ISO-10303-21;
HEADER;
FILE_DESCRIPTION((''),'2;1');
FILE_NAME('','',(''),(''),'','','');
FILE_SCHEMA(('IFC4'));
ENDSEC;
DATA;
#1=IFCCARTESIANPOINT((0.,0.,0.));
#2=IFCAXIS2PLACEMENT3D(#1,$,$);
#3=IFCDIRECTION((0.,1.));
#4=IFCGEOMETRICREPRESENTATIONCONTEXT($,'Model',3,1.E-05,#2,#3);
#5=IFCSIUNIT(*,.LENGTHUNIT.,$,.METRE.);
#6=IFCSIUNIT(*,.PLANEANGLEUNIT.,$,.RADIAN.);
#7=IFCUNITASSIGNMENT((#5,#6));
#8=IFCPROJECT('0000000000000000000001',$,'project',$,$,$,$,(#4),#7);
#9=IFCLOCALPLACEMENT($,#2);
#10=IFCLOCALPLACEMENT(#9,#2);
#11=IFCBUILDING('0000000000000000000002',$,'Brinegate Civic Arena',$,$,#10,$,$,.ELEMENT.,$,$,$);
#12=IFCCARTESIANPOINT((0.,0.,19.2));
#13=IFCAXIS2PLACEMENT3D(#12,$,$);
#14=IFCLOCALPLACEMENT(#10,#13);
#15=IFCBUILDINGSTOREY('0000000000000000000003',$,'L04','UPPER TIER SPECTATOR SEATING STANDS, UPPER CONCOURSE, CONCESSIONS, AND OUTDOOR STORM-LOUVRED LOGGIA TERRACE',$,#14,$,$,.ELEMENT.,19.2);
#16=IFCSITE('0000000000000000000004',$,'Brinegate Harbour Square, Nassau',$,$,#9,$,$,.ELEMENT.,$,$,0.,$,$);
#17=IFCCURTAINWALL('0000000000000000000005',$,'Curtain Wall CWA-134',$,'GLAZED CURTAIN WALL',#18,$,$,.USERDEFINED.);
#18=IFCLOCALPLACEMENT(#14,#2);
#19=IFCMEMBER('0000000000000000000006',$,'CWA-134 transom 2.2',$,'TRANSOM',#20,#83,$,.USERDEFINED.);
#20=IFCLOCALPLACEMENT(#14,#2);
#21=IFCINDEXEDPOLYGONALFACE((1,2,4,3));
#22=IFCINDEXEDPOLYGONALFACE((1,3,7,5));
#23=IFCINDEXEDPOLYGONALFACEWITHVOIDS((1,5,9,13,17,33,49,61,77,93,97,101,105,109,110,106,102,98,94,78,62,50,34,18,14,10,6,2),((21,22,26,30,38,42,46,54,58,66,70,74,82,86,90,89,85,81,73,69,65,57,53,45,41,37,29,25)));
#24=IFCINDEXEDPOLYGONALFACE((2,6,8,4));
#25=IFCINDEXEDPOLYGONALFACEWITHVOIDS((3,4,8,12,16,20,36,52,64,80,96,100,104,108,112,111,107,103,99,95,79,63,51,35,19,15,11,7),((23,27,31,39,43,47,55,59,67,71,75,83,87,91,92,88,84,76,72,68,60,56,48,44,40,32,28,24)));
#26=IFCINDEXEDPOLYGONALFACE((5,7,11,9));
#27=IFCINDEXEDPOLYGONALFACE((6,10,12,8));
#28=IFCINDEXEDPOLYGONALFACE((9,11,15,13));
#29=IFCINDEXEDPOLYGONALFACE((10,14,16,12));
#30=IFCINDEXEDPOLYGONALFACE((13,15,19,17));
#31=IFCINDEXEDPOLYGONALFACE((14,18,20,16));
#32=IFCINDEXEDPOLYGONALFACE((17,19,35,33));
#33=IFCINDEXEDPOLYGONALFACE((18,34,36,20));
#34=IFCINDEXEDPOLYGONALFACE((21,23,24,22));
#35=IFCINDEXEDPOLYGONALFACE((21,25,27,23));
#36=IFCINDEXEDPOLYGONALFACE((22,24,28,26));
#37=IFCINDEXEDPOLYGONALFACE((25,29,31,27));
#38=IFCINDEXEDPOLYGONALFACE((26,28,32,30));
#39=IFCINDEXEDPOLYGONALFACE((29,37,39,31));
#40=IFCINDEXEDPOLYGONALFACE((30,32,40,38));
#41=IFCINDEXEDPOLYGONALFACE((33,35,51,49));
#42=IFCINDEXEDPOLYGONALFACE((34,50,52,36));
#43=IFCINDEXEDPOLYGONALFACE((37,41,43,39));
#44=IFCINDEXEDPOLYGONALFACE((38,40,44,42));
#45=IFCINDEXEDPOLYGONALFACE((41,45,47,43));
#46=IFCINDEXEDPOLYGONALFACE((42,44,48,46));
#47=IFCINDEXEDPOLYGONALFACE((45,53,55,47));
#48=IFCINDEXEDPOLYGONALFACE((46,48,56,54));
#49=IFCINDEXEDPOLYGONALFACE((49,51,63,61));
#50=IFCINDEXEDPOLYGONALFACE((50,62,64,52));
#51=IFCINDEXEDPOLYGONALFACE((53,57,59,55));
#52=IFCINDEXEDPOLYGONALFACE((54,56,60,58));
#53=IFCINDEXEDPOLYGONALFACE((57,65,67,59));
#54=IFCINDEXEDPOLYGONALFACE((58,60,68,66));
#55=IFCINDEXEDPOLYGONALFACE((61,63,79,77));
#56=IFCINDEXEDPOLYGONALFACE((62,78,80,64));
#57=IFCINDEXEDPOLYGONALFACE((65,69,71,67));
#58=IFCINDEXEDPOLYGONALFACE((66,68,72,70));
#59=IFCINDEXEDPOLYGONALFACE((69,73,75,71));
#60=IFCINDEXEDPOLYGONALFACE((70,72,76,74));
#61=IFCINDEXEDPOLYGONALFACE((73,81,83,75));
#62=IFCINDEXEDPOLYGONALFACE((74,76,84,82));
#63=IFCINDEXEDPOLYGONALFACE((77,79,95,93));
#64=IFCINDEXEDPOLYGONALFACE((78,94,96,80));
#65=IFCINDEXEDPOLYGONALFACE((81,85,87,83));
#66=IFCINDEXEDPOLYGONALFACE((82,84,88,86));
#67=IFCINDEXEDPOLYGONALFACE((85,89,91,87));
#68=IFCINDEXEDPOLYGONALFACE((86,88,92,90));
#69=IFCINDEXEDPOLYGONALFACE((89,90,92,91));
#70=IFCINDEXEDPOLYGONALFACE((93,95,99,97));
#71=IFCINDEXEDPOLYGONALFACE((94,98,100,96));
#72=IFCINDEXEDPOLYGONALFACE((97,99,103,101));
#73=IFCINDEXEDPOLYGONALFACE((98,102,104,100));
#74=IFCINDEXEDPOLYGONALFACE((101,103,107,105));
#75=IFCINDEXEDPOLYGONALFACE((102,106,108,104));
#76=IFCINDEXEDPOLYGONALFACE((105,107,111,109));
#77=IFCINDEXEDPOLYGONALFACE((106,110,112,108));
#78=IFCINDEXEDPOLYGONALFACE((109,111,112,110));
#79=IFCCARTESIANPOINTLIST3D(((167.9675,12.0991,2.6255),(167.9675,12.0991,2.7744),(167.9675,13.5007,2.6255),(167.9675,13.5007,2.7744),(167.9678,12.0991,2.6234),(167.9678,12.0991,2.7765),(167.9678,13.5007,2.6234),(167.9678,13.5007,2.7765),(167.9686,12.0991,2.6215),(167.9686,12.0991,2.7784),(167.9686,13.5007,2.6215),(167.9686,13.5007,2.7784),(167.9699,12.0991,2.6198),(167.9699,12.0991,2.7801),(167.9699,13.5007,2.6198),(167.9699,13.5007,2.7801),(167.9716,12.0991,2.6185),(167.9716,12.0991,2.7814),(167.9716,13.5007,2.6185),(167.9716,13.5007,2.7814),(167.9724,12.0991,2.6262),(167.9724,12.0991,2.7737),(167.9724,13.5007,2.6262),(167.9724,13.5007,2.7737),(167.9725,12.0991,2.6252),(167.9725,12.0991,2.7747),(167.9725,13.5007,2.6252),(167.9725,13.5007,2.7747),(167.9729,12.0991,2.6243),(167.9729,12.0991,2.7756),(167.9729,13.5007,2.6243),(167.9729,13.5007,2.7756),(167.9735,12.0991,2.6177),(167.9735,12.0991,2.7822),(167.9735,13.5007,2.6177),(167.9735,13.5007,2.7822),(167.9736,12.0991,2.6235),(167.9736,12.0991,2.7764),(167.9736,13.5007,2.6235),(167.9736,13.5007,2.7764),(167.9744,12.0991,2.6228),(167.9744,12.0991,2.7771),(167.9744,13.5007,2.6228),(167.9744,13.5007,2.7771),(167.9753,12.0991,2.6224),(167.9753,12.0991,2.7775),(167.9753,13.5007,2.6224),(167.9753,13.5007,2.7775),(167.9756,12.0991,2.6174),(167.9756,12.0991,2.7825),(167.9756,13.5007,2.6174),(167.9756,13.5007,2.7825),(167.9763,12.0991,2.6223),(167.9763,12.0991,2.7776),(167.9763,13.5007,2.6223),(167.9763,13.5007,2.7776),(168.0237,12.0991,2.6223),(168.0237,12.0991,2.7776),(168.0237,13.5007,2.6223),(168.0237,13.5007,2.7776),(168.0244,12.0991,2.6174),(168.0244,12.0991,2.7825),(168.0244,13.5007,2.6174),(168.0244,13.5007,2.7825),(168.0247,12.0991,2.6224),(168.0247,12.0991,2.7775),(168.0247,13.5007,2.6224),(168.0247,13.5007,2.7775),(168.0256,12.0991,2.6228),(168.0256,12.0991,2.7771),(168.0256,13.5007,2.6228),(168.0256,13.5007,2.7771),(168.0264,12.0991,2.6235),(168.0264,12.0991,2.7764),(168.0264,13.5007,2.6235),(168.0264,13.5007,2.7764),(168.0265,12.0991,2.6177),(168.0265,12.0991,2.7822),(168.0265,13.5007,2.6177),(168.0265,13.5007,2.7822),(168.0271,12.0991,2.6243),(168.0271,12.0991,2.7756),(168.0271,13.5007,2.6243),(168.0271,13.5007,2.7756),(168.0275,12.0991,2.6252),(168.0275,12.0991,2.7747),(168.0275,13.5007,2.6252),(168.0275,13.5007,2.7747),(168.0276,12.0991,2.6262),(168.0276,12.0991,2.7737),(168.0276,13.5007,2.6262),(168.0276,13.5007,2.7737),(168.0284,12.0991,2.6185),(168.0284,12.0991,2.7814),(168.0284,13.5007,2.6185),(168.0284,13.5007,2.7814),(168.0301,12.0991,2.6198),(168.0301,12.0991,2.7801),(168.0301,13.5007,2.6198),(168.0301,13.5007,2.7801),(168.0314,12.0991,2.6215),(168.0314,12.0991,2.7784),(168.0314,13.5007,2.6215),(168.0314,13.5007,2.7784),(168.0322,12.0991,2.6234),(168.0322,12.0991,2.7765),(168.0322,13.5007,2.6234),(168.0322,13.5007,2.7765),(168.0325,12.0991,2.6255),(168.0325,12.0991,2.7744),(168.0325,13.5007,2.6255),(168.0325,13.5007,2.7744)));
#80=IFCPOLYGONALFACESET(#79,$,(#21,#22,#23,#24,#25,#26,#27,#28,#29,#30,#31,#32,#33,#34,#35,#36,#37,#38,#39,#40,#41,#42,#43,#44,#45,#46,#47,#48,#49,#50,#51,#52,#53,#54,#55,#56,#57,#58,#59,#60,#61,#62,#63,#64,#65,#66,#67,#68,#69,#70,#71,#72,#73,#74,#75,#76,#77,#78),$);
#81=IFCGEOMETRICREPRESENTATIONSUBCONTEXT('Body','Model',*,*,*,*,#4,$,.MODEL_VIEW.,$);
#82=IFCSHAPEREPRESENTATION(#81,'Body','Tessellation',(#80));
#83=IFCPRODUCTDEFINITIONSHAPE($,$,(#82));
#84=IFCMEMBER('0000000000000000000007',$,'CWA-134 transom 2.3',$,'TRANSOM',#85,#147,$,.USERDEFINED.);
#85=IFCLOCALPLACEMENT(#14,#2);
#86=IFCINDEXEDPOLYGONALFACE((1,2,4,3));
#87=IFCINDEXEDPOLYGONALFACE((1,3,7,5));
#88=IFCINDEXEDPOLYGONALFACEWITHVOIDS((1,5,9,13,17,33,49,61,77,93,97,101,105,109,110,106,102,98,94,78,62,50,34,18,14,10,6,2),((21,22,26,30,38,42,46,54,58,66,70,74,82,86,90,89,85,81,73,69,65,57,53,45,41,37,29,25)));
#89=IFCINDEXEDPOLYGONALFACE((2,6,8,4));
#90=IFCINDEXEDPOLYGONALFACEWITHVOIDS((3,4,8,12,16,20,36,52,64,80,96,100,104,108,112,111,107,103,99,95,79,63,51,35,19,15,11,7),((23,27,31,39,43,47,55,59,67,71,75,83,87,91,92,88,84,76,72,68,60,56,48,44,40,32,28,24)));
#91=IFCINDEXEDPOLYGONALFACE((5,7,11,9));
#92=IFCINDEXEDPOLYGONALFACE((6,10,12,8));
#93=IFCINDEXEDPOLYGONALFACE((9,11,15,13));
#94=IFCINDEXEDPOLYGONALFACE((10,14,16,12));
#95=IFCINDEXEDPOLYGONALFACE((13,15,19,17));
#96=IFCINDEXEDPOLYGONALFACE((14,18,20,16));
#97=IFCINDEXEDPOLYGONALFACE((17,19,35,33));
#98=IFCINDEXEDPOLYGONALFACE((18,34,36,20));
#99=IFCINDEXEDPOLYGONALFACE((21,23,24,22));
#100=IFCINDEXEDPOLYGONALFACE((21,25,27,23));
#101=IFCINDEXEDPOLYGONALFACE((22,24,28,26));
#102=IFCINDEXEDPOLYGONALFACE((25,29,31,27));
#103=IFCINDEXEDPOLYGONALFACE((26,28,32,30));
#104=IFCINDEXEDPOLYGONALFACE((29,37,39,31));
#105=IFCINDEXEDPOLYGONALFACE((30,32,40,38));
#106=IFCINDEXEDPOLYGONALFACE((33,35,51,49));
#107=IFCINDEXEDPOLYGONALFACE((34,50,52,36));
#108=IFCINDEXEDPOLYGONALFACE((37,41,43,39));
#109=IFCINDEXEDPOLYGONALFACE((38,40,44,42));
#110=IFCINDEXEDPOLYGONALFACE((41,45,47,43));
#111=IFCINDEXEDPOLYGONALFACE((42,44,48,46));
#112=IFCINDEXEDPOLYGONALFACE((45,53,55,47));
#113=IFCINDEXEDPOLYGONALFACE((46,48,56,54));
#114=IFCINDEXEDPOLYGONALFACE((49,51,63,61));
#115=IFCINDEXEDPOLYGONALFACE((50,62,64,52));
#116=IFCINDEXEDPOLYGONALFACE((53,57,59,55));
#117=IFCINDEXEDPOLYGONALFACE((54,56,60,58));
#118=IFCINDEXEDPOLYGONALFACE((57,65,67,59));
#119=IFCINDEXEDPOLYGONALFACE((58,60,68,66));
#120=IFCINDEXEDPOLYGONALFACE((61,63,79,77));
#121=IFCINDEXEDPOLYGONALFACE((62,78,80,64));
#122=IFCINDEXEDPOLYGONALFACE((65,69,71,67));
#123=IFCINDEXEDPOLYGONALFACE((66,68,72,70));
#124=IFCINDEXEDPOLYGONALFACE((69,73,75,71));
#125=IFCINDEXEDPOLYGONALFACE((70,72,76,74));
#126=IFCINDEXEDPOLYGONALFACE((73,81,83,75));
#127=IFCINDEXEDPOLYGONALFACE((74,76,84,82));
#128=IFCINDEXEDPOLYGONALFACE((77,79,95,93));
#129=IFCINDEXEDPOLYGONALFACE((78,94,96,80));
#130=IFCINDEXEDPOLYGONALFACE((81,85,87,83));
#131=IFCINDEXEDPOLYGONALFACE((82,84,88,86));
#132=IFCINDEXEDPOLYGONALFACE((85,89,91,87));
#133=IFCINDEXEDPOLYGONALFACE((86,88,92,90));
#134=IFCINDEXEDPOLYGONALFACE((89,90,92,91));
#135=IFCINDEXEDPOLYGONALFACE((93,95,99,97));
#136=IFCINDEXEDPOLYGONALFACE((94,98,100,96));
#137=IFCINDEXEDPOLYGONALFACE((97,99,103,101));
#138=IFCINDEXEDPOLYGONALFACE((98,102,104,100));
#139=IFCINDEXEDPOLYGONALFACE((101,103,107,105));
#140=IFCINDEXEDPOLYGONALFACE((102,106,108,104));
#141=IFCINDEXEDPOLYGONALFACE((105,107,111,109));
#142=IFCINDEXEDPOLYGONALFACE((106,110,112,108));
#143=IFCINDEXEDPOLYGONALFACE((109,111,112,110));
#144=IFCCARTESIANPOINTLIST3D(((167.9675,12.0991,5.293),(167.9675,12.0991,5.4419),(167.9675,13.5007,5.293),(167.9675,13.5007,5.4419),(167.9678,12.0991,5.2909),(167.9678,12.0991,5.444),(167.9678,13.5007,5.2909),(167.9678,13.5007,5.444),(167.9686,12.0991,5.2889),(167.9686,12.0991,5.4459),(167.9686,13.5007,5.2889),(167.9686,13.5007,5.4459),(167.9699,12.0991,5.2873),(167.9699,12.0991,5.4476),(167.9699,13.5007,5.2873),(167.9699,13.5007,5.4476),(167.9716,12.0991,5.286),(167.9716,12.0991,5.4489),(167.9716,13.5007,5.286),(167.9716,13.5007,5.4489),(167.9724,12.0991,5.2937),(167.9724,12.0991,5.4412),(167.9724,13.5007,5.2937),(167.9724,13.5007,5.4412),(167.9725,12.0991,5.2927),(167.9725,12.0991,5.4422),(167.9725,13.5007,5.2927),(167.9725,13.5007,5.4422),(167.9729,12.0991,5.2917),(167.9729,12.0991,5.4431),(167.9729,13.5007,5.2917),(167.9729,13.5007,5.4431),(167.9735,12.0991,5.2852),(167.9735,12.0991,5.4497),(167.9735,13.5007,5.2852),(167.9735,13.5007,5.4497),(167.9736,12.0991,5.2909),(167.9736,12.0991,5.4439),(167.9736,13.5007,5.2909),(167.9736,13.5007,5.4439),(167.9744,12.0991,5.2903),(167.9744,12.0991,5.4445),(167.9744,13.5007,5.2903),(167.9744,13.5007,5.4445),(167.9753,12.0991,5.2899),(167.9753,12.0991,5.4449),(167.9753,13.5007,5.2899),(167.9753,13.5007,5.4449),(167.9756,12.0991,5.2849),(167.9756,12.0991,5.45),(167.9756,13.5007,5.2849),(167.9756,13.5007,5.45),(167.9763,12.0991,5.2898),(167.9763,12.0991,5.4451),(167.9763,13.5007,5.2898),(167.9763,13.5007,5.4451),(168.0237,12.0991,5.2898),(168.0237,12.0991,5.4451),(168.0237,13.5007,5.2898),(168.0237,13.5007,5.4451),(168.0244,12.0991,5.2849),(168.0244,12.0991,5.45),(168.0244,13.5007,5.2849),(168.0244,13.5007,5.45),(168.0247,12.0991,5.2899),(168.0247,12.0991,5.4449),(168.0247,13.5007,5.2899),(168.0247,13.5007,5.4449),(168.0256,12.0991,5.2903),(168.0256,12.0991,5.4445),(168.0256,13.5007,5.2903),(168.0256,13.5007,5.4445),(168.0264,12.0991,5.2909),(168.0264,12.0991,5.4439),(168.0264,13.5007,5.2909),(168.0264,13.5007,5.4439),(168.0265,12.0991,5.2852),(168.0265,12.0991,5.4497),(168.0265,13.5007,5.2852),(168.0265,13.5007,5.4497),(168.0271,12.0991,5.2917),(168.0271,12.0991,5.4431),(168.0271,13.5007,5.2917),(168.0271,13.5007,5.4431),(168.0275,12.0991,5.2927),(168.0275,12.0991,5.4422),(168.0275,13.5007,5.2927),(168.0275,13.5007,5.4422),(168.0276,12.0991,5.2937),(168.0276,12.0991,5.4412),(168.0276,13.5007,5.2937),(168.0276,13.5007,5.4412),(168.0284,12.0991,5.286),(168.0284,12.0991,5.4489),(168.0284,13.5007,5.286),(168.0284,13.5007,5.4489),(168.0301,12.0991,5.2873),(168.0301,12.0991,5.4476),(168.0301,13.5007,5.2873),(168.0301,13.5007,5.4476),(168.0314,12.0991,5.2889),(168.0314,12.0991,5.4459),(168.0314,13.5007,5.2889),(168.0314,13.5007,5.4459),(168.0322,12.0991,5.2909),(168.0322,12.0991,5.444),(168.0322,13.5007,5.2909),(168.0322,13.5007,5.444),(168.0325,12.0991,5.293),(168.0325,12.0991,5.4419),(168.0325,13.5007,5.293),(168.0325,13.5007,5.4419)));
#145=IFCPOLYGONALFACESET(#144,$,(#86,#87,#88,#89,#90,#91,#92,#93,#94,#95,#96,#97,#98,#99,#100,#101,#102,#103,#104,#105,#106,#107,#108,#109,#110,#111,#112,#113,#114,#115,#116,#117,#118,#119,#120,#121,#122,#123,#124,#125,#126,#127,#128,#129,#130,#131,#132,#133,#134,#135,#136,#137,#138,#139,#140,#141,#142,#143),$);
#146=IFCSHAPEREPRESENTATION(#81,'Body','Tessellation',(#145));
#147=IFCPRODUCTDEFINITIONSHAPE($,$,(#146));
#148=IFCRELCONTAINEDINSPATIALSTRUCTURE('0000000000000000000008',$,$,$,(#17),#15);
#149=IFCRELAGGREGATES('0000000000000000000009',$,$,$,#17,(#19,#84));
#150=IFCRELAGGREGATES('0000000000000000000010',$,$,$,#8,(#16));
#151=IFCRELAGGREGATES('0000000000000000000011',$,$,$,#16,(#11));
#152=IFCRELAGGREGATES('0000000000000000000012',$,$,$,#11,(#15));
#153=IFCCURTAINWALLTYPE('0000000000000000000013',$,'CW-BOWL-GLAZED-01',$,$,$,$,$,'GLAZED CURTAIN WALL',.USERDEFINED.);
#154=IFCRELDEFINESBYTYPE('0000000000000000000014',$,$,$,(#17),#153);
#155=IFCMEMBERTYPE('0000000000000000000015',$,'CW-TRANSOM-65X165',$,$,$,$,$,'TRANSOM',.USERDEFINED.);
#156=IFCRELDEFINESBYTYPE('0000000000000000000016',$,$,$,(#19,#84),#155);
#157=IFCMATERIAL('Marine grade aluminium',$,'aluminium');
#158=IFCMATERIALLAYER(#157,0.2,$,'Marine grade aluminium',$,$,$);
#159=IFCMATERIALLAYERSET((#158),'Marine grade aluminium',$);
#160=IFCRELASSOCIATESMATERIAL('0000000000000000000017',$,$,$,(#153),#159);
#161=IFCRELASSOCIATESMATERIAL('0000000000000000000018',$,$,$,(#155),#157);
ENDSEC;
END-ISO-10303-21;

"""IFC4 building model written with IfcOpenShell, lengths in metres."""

from ifc_helpers import new_model, si_unit, direction, frame, origin, origin_2d, place, context, subcontext, project, spatial, hollow_rectangle, extrude, material, layer, layer_set, material_profile, profile_set, type_object, element, aggregate, save


model = new_model("IFC4")

# Units and contexts
model_context = context("Model", 3, precision=1e-05, world=origin(), true_north=direction((0.0, 1.0)))
body_context = subcontext(model_context, "Body", "Model", "MODEL_VIEW")
ifc_project = project(units=[si_unit("LENGTHUNIT", "METRE"), si_unit("PLANEANGLEUNIT", "RADIAN")], contexts=[model_context])

# Site, building, storey
site_placement = place(None, origin())
site = spatial("IfcSite", under=ifc_project, at=site_placement, Name="Brinegate Harbour Square, Nassau", CompositionType="ELEMENT", RefElevation=0.0)
building_placement = place(site_placement, origin())
building = spatial("IfcBuilding", under=site, at=building_placement, Name="Brinegate Civic Arena", CompositionType="ELEMENT")
storey_placement = place(building_placement, frame((0.0, 0.0, 19.2)))
storey = spatial("IfcBuildingStorey", under=building, at=storey_placement, Name="L04", Description="UPPER TIER SPECTATOR SEATING STANDS, UPPER CONCOURSE, CONCESSIONS, AND OUTDOOR STORM-LOUVRED LOGGIA TERRACE", CompositionType="ELEMENT", Elevation=19.2)

# Curtain wall, members
ifc_material_1 = material(Name="Marine grade aluminium", Category="aluminium")
ifc_layer_1 = layer(ifc_material_1, 0.2, Name="Marine grade aluminium")
ifc_layer_set_1 = layer_set([ifc_layer_1], Name="Marine grade aluminium")
curtain_wall_type = type_object("IfcCurtainWallType", Name="CW-BOWL-GLAZED-01", ElementType="GLAZED CURTAIN WALL", PredefinedType="USERDEFINED", material=ifc_layer_set_1)
curtain_wall_placement = place(storey_placement, origin())
curtain_wall = element("IfcCurtainWall", 1, at=curtain_wall_placement, inside=storey, type_object=curtain_wall_type, Name="Curtain Wall CWA-134", ObjectType="GLAZED CURTAIN WALL", PredefinedType="USERDEFINED")
ifc_material_profile_1 = material_profile(ifc_material_1, hollow_rectangle(XDim=0.0649, YDim=0.165, WallThickness=0.0049, InnerFilletRadius=0.0039, OuterFilletRadius=0.0081, at=origin_2d()), Name="TRN65X165")
ifc_profile_set_1 = profile_set([ifc_material_profile_1], Name="Marine grade aluminium")
member_type_1 = type_object("IfcMemberType", Name="CW-TRANSOM-65X165", ElementType="TRANSOM", PredefinedType="USERDEFINED", material=ifc_profile_set_1)
member_1_placement = place(storey_placement, frame((168.0, 12.0991, 2.7), z_axis=(0.0, 1.0, 0.0), x_axis=(-1.0, 0.0, 0.0)))
member_1 = element("IfcMember", 2, at=member_1_placement, type_object=member_type_1, Name="CWA-134 transom 2.2", ObjectType="TRANSOM", PredefinedType="USERDEFINED", context=body_context, shape_type="SweptSolid", body=[
    extrude(hollow_rectangle(XDim=0.0649, YDim=0.165, WallThickness=0.0049, InnerFilletRadius=0.0039, OuterFilletRadius=0.0081, at=origin_2d()), origin(), (0.0, 0.0, 1.0), 1.4016),
])
member_2_placement = place(storey_placement, frame((168.0, 12.0991, 5.3674), z_axis=(0.0, 1.0, 0.0), x_axis=(-1.0, 0.0, 0.0)))
member_2 = element("IfcMember", 3, at=member_2_placement, type_object=member_type_1, Name="CWA-134 transom 2.3", ObjectType="TRANSOM", PredefinedType="USERDEFINED", context=body_context, shape_type="SweptSolid", body=[
    extrude(hollow_rectangle(XDim=0.0649, YDim=0.165, WallThickness=0.0049, InnerFilletRadius=0.0039, OuterFilletRadius=0.0081, at=origin_2d()), origin(), (0.0, 0.0, 1.0), 1.4016),
])
aggregate(curtain_wall, [member_1, member_2])

save(model, "model.ifc")
